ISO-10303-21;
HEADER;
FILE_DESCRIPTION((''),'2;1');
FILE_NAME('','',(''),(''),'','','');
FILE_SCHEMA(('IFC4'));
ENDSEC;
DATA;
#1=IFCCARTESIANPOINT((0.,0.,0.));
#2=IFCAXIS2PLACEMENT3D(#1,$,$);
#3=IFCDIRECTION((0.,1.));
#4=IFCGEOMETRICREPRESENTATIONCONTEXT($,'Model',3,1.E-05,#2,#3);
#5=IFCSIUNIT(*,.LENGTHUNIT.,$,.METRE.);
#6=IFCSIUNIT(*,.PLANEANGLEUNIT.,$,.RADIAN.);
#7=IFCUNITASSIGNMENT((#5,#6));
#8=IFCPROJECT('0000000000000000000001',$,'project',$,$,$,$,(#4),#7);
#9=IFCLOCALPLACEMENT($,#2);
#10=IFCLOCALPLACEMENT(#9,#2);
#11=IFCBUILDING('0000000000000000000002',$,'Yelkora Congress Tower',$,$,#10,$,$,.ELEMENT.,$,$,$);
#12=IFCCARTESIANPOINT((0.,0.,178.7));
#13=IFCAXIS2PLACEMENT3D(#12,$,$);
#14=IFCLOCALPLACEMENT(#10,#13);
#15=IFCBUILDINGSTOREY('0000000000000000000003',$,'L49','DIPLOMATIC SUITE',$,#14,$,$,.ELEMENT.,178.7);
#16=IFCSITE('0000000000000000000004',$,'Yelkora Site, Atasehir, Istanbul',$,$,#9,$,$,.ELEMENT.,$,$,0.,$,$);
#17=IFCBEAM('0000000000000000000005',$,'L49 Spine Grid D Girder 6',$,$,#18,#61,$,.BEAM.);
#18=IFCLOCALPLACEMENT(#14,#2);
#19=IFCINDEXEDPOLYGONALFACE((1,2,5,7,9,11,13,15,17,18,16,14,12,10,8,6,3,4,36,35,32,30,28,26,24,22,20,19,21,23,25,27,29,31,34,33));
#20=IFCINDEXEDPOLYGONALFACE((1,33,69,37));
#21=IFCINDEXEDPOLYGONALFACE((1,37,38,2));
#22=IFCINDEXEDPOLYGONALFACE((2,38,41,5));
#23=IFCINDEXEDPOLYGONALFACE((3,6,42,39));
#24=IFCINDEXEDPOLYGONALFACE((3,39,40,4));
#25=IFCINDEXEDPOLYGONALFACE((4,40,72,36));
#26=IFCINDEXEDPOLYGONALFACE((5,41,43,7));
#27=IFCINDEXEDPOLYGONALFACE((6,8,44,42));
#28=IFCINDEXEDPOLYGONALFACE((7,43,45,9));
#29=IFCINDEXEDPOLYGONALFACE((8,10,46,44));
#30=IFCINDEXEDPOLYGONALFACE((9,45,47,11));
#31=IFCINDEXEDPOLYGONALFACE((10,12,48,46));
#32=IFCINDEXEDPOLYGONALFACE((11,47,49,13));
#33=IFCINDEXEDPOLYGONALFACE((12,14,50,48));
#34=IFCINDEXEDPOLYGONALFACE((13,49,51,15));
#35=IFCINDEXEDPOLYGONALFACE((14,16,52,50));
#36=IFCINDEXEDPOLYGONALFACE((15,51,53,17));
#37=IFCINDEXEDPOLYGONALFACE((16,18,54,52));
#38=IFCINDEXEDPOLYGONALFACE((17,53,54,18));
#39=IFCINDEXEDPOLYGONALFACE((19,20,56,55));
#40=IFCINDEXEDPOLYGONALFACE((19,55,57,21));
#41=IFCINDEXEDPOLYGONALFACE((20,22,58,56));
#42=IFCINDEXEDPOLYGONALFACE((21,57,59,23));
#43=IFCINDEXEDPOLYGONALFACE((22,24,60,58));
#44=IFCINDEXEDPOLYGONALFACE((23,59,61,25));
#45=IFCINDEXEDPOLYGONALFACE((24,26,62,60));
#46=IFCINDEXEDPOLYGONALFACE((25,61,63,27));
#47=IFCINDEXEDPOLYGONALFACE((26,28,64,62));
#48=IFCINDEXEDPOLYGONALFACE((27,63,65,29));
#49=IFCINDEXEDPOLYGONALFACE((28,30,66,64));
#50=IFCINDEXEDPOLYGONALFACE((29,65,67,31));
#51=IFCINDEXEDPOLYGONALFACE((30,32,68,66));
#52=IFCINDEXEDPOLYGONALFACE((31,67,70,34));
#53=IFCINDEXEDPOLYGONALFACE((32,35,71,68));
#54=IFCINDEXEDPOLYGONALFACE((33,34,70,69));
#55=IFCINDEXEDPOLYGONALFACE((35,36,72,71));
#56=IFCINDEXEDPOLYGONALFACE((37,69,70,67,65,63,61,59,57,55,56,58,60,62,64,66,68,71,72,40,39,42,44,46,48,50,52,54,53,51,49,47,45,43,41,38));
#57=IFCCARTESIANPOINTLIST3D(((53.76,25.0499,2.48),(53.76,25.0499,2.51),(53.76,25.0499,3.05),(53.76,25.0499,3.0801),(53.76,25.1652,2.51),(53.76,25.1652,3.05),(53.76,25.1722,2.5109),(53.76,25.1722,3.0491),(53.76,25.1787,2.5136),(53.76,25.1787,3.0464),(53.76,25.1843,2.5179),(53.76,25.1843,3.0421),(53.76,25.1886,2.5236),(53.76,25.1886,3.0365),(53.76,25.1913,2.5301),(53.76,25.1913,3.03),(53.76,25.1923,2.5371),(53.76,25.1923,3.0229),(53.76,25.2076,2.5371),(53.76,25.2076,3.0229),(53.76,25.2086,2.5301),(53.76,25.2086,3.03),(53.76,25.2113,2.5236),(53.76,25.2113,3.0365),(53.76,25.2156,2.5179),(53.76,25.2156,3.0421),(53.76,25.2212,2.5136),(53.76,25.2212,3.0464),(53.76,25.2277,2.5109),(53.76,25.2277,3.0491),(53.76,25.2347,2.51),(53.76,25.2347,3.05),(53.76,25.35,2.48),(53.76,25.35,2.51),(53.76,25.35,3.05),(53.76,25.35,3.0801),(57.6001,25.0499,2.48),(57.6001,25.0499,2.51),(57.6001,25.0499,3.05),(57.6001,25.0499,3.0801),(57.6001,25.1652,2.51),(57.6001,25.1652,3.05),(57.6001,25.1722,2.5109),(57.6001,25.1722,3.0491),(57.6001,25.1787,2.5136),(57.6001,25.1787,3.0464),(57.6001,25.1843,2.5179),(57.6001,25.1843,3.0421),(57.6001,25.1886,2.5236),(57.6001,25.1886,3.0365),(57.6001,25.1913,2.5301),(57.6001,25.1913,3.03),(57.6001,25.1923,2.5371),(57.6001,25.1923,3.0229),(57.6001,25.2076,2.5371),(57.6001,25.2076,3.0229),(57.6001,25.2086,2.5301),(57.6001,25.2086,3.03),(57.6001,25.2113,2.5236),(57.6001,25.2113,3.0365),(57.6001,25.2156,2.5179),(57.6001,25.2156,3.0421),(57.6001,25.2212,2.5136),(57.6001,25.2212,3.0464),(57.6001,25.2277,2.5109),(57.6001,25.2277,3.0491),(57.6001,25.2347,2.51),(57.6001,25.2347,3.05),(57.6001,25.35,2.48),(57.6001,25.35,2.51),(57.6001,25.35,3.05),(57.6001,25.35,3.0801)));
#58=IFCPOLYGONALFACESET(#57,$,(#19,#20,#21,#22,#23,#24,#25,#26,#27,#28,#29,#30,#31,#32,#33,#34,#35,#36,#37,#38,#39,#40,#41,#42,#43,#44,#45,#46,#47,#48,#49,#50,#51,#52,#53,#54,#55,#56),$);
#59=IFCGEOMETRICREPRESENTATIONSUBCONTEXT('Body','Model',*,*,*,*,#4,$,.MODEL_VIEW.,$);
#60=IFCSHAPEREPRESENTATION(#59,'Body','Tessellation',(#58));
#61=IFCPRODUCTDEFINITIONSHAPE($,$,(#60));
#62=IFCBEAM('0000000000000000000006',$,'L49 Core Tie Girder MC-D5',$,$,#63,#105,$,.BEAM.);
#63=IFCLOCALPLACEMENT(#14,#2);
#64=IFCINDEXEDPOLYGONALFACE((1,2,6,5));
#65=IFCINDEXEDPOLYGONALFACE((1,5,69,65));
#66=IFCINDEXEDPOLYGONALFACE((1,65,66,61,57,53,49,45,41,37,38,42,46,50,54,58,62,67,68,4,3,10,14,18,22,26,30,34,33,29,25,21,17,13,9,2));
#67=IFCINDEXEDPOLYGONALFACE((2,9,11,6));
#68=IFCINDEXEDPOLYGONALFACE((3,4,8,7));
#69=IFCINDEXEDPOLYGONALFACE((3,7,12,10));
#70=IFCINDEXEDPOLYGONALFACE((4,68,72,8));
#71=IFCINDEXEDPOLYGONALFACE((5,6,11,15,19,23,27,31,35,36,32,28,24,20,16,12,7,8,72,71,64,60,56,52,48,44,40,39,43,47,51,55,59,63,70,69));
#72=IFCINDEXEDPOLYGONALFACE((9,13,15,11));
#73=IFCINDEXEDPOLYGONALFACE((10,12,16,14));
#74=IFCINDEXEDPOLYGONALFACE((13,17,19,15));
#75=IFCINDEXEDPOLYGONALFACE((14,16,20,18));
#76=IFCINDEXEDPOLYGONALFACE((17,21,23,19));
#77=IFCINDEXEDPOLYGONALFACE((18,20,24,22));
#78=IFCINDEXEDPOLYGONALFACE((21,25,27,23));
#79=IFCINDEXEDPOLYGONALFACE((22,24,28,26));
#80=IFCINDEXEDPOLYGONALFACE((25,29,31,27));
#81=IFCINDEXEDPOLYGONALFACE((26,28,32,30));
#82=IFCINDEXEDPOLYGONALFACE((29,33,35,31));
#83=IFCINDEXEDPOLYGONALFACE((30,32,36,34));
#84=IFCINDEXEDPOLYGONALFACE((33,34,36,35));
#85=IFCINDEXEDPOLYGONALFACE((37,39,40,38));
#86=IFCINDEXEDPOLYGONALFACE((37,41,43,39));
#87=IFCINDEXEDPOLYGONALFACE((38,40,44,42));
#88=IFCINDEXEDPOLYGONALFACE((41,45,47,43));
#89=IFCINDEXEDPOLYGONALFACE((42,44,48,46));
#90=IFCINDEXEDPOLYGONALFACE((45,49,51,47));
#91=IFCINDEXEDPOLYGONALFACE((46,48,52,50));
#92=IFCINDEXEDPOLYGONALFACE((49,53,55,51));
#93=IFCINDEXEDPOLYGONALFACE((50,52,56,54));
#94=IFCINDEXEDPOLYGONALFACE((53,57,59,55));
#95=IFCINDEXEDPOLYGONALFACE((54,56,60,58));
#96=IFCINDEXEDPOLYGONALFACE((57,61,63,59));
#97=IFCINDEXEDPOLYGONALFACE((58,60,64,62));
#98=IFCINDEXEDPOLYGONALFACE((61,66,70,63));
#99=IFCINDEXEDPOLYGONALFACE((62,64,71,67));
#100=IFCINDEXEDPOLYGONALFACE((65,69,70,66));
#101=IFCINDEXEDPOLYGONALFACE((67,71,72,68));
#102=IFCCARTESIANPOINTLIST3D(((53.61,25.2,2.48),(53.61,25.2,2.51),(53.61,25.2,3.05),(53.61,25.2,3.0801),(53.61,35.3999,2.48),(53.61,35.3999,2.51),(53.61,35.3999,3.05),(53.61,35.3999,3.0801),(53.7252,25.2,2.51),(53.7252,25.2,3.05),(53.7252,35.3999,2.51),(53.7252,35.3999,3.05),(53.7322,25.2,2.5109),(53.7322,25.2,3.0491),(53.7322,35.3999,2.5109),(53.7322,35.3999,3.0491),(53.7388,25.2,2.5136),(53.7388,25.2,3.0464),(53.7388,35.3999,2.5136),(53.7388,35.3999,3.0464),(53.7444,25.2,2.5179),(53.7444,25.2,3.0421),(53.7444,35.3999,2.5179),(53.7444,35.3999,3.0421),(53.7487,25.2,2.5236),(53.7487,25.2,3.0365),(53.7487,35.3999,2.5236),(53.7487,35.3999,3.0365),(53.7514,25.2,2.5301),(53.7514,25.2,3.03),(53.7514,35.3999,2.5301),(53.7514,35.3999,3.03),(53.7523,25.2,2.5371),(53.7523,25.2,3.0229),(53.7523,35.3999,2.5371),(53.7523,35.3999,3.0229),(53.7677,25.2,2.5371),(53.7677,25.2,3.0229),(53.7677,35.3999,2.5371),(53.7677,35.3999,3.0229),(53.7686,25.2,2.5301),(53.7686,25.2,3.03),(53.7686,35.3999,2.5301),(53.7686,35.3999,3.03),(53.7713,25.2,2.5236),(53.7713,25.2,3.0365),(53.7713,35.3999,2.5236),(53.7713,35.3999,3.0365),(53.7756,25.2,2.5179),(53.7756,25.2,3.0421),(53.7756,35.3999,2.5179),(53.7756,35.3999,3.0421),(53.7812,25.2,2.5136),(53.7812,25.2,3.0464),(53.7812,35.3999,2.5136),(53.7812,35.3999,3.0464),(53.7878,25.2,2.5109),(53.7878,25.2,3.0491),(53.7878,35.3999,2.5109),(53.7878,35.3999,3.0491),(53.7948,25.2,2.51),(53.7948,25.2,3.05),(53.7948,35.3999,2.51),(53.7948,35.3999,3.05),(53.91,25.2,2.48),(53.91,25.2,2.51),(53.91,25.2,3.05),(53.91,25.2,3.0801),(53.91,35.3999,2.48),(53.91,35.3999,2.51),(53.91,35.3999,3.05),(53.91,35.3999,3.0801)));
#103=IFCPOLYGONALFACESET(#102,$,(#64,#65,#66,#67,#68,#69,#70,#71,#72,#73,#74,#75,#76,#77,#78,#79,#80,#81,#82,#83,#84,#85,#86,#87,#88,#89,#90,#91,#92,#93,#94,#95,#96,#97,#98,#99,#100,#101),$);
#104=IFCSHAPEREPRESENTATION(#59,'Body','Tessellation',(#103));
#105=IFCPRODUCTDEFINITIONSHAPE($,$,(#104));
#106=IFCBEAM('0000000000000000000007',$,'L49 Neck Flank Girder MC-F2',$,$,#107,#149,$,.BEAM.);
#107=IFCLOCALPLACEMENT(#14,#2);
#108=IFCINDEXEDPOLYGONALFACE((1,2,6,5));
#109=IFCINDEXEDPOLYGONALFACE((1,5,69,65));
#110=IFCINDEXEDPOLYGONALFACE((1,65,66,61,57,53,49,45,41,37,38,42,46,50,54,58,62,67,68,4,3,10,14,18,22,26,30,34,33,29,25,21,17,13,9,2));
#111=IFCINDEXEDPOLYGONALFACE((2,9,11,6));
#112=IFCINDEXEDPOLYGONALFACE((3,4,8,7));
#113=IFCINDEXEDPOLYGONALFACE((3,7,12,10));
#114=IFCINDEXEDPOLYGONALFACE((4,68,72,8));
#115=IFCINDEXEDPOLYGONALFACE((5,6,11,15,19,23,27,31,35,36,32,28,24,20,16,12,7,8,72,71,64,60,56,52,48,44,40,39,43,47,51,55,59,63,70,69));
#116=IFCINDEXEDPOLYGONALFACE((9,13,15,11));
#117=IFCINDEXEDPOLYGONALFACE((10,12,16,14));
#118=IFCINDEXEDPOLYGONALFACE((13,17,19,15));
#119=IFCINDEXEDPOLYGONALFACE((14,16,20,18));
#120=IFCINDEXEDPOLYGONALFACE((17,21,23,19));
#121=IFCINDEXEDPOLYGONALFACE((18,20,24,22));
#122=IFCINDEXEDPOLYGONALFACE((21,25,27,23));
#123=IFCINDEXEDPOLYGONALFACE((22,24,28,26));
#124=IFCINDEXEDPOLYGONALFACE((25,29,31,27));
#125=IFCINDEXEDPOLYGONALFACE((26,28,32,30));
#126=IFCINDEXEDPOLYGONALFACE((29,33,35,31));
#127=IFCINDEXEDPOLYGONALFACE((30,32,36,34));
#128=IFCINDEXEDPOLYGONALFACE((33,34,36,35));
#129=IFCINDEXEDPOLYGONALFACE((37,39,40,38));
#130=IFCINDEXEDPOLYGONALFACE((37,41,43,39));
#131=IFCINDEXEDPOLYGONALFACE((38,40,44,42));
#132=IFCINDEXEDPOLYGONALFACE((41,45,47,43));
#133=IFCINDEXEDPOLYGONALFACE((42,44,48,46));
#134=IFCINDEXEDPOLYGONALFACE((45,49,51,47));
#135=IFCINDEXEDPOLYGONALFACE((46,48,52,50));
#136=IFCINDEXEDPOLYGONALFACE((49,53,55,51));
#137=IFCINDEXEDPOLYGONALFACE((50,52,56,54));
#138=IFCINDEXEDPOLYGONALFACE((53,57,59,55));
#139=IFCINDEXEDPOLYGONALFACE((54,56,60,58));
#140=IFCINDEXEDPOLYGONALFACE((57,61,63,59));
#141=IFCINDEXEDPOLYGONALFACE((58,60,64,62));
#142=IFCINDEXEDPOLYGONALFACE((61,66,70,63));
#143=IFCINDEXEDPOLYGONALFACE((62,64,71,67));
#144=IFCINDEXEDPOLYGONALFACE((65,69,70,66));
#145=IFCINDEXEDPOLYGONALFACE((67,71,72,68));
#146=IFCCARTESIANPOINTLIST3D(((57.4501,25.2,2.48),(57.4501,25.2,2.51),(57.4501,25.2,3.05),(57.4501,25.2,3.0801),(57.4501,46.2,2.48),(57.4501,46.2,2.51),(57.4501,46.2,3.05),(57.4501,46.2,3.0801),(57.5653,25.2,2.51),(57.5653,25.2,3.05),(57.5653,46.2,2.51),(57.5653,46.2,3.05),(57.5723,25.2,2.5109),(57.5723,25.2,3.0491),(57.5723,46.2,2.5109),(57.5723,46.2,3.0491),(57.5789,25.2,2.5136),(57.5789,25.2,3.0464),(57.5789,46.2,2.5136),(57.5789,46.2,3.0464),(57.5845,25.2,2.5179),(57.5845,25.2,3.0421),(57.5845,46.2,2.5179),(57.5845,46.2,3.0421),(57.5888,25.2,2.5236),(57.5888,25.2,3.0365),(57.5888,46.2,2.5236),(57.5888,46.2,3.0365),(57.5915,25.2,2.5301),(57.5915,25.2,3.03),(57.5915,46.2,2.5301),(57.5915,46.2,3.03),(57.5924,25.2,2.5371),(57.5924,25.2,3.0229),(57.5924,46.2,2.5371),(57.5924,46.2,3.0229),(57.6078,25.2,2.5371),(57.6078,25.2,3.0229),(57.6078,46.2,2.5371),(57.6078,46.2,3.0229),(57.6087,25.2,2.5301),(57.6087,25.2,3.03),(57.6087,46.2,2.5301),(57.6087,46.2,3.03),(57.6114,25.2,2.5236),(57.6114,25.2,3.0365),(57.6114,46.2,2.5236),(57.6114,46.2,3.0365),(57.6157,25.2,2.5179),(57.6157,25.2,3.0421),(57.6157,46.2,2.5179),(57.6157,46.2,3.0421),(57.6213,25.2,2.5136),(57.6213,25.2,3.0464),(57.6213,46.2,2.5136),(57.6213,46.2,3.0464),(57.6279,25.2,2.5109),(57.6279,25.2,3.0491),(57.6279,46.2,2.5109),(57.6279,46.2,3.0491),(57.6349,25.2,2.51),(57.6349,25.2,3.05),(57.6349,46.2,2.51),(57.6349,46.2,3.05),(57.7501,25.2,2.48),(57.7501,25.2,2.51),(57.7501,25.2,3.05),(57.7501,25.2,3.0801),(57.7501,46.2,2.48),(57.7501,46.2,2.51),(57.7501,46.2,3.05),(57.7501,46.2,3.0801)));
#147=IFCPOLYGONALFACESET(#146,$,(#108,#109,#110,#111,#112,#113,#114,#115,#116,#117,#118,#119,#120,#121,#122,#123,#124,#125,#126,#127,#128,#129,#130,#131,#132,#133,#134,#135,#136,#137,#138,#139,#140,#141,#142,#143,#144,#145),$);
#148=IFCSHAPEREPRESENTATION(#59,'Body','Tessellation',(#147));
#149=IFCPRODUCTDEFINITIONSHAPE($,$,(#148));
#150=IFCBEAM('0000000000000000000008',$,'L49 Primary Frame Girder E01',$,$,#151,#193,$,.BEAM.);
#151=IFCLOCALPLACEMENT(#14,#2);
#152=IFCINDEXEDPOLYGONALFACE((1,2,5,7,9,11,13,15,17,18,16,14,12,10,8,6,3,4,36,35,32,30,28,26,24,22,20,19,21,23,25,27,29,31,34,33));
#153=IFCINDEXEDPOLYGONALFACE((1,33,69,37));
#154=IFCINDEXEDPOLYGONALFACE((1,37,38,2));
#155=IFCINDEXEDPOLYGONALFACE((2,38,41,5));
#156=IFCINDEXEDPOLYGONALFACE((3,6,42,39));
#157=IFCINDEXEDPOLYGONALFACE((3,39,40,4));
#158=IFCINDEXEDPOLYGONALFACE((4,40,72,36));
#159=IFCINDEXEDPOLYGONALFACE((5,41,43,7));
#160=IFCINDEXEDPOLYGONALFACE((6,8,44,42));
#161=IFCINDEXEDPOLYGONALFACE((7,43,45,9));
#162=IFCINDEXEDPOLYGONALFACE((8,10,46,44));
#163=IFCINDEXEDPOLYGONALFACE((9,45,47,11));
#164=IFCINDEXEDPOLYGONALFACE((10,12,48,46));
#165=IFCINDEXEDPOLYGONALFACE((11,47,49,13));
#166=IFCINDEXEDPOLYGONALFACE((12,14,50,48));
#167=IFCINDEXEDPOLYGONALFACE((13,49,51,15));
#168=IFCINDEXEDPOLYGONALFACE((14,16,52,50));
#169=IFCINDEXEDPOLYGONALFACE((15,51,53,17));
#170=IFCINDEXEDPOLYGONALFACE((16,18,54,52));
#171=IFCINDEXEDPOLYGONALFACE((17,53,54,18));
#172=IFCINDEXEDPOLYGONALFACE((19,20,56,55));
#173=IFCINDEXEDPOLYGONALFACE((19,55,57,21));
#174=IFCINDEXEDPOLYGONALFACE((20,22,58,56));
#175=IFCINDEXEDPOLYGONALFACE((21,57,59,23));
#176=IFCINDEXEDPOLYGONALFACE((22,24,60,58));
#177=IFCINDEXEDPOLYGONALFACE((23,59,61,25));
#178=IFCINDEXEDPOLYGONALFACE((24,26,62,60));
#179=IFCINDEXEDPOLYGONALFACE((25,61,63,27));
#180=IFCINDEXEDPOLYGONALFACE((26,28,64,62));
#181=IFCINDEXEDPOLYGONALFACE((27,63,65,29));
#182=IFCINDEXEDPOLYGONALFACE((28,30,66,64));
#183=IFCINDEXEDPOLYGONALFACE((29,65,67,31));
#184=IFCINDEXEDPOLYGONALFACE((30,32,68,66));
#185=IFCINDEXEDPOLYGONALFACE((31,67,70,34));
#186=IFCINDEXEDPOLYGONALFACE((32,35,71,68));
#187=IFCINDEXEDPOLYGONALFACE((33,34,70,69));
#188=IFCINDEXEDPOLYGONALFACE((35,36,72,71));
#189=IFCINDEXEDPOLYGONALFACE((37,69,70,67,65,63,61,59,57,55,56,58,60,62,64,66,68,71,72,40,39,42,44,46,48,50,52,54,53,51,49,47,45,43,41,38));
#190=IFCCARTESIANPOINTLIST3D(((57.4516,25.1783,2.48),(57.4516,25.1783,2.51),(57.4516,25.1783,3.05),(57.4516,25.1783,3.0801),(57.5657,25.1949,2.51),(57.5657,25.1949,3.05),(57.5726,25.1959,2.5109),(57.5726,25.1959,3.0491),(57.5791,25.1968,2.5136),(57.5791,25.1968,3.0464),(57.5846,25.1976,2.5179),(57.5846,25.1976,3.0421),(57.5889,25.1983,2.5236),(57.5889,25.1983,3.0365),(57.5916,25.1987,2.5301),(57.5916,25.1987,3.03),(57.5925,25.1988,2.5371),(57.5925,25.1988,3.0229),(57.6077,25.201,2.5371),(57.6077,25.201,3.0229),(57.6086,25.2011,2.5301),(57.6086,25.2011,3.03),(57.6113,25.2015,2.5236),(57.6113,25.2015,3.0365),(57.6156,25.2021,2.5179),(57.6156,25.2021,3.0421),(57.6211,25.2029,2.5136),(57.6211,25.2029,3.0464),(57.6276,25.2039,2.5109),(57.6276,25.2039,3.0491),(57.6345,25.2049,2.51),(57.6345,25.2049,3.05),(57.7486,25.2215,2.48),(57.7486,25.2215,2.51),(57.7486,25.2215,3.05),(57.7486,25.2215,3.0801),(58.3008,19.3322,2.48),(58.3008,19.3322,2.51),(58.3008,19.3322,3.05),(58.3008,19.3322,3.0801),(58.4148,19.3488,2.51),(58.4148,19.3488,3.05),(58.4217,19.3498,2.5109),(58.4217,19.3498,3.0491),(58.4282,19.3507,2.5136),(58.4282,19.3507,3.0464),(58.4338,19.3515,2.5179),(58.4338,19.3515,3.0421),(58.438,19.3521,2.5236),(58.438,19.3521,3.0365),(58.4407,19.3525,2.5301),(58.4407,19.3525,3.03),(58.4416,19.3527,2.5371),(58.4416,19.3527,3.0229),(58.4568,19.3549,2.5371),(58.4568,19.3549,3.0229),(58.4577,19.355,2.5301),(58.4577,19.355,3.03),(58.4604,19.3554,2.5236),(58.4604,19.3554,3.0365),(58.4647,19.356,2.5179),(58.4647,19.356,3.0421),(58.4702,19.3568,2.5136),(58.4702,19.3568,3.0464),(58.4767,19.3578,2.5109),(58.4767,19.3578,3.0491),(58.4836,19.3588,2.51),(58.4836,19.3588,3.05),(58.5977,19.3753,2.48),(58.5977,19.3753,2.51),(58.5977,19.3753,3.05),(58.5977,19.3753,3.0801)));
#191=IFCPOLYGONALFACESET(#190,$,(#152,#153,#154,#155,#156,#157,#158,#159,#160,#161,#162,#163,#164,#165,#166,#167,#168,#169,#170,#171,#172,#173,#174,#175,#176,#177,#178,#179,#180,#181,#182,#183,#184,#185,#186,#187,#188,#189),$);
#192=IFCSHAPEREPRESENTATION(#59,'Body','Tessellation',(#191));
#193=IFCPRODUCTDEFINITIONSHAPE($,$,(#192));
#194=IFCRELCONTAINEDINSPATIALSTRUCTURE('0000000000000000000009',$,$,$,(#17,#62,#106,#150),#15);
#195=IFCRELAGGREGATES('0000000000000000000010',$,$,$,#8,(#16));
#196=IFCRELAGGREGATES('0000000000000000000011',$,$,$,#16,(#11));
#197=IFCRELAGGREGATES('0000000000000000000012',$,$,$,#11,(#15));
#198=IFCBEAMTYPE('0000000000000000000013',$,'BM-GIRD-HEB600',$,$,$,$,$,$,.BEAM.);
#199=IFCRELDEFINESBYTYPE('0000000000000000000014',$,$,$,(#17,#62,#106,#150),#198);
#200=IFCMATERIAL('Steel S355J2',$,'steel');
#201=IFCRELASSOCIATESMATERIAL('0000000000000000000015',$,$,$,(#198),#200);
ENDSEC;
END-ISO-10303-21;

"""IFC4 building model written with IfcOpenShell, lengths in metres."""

from ifc_helpers import new_model, si_unit, direction, frame, origin, origin_2d, place, context, subcontext, project, spatial, i_section, extrude, material, material_profile, profile_set, type_object, element, save


model = new_model("IFC4")

# Units and contexts
model_context = context("Model", 3, precision=1e-05, world=origin(), true_north=direction((0.0, 1.0)))
body_context = subcontext(model_context, "Body", "Model", "MODEL_VIEW")
ifc_project = project(units=[si_unit("LENGTHUNIT", "METRE"), si_unit("PLANEANGLEUNIT", "RADIAN")], contexts=[model_context])

# Site, building, storey
site_placement = place(None, origin())
site = spatial("IfcSite", under=ifc_project, at=site_placement, Name="Yelkora Site, Atasehir, Istanbul", CompositionType="ELEMENT", RefElevation=0.0)
building_placement = place(site_placement, origin())
building = spatial("IfcBuilding", under=site, at=building_placement, Name="Yelkora Congress Tower", CompositionType="ELEMENT")
storey_placement = place(building_placement, frame((0.0, 0.0, 178.7)))
storey = spatial("IfcBuildingStorey", under=building, at=storey_placement, Name="L49", Description="DIPLOMATIC SUITE", CompositionType="ELEMENT", Elevation=178.7)

# Beams
ifc_material_1 = material(Name="Steel S355J2", Category="steel")
ifc_material_profile_1 = material_profile(ifc_material_1, i_section(OverallWidth=0.3, OverallDepth=0.6001, WebThickness=0.0154, FlangeThickness=0.03, FilletRadius=0.0271, at=origin_2d()), Name="HEB 600")
ifc_profile_set_1 = profile_set([ifc_material_profile_1], Name="Steel S355J2")
beam_type_1 = type_object("IfcBeamType", Name="BM-GIRD-HEB600", PredefinedType="BEAM", material=ifc_profile_set_1)
beam_1_placement = place(storey_placement, frame((53.76, 25.2, 2.78), z_axis=(1.0, 0.0, 0.0), x_axis=(0.0, 1.0, 0.0)))
element("IfcBeam", 1, at=beam_1_placement, inside=storey, type_object=beam_type_1, Name="L49 Spine Grid D Girder 6", PredefinedType="BEAM", context=body_context, shape_type="SweptSolid", body=[
    extrude(i_section(OverallWidth=0.3, OverallDepth=0.6001, WebThickness=0.0154, FlangeThickness=0.03, FilletRadius=0.0271, at=origin_2d()), origin(), (0.0, 0.0, 1.0), 3.8401),
])
beam_2_placement = place(storey_placement, frame((53.76, 25.2, 2.78), z_axis=(0.0, 1.0, 0.0), x_axis=(-1.0, 0.0, 0.0)))
element("IfcBeam", 2, at=beam_2_placement, inside=storey, type_object=beam_type_1, Name="L49 Core Tie Girder MC-D5", PredefinedType="BEAM", context=body_context, shape_type="SweptSolid", body=[
    extrude(i_section(OverallWidth=0.3, OverallDepth=0.6001, WebThickness=0.0154, FlangeThickness=0.03, FilletRadius=0.0271, at=origin_2d()), origin(), (0.0, 0.0, 1.0), 10.2),
])
beam_3_placement = place(storey_placement, frame((57.6001, 25.2, 2.78), z_axis=(0.0, 1.0, 0.0), x_axis=(-1.0, 0.0, 0.0)))
element("IfcBeam", 3, at=beam_3_placement, inside=storey, type_object=beam_type_1, Name="L49 Neck Flank Girder MC-F2", PredefinedType="BEAM", context=body_context, shape_type="SweptSolid", body=[
    extrude(i_section(OverallWidth=0.3, OverallDepth=0.6001, WebThickness=0.0154, FlangeThickness=0.03, FilletRadius=0.0271, at=origin_2d()), origin(), (0.0, 0.0, 1.0), 21.0),
])
beam_4_placement = place(storey_placement, frame((58.4492, 19.3538, 2.78), z_axis=(-0.143735, 0.989616, 0.0), x_axis=(-0.989616, -0.143735, 0.0)))
element("IfcBeam", 4, at=beam_4_placement, inside=storey, type_object=beam_type_1, Name="L49 Primary Frame Girder E01", PredefinedType="BEAM", context=body_context, shape_type="SweptSolid", body=[
    extrude(i_section(OverallWidth=0.3, OverallDepth=0.6001, WebThickness=0.0154, FlangeThickness=0.03, FilletRadius=0.0271, at=origin_2d()), origin(), (0.0, 0.0, 1.0), 5.9075),
])

save(model, "model.ifc")
